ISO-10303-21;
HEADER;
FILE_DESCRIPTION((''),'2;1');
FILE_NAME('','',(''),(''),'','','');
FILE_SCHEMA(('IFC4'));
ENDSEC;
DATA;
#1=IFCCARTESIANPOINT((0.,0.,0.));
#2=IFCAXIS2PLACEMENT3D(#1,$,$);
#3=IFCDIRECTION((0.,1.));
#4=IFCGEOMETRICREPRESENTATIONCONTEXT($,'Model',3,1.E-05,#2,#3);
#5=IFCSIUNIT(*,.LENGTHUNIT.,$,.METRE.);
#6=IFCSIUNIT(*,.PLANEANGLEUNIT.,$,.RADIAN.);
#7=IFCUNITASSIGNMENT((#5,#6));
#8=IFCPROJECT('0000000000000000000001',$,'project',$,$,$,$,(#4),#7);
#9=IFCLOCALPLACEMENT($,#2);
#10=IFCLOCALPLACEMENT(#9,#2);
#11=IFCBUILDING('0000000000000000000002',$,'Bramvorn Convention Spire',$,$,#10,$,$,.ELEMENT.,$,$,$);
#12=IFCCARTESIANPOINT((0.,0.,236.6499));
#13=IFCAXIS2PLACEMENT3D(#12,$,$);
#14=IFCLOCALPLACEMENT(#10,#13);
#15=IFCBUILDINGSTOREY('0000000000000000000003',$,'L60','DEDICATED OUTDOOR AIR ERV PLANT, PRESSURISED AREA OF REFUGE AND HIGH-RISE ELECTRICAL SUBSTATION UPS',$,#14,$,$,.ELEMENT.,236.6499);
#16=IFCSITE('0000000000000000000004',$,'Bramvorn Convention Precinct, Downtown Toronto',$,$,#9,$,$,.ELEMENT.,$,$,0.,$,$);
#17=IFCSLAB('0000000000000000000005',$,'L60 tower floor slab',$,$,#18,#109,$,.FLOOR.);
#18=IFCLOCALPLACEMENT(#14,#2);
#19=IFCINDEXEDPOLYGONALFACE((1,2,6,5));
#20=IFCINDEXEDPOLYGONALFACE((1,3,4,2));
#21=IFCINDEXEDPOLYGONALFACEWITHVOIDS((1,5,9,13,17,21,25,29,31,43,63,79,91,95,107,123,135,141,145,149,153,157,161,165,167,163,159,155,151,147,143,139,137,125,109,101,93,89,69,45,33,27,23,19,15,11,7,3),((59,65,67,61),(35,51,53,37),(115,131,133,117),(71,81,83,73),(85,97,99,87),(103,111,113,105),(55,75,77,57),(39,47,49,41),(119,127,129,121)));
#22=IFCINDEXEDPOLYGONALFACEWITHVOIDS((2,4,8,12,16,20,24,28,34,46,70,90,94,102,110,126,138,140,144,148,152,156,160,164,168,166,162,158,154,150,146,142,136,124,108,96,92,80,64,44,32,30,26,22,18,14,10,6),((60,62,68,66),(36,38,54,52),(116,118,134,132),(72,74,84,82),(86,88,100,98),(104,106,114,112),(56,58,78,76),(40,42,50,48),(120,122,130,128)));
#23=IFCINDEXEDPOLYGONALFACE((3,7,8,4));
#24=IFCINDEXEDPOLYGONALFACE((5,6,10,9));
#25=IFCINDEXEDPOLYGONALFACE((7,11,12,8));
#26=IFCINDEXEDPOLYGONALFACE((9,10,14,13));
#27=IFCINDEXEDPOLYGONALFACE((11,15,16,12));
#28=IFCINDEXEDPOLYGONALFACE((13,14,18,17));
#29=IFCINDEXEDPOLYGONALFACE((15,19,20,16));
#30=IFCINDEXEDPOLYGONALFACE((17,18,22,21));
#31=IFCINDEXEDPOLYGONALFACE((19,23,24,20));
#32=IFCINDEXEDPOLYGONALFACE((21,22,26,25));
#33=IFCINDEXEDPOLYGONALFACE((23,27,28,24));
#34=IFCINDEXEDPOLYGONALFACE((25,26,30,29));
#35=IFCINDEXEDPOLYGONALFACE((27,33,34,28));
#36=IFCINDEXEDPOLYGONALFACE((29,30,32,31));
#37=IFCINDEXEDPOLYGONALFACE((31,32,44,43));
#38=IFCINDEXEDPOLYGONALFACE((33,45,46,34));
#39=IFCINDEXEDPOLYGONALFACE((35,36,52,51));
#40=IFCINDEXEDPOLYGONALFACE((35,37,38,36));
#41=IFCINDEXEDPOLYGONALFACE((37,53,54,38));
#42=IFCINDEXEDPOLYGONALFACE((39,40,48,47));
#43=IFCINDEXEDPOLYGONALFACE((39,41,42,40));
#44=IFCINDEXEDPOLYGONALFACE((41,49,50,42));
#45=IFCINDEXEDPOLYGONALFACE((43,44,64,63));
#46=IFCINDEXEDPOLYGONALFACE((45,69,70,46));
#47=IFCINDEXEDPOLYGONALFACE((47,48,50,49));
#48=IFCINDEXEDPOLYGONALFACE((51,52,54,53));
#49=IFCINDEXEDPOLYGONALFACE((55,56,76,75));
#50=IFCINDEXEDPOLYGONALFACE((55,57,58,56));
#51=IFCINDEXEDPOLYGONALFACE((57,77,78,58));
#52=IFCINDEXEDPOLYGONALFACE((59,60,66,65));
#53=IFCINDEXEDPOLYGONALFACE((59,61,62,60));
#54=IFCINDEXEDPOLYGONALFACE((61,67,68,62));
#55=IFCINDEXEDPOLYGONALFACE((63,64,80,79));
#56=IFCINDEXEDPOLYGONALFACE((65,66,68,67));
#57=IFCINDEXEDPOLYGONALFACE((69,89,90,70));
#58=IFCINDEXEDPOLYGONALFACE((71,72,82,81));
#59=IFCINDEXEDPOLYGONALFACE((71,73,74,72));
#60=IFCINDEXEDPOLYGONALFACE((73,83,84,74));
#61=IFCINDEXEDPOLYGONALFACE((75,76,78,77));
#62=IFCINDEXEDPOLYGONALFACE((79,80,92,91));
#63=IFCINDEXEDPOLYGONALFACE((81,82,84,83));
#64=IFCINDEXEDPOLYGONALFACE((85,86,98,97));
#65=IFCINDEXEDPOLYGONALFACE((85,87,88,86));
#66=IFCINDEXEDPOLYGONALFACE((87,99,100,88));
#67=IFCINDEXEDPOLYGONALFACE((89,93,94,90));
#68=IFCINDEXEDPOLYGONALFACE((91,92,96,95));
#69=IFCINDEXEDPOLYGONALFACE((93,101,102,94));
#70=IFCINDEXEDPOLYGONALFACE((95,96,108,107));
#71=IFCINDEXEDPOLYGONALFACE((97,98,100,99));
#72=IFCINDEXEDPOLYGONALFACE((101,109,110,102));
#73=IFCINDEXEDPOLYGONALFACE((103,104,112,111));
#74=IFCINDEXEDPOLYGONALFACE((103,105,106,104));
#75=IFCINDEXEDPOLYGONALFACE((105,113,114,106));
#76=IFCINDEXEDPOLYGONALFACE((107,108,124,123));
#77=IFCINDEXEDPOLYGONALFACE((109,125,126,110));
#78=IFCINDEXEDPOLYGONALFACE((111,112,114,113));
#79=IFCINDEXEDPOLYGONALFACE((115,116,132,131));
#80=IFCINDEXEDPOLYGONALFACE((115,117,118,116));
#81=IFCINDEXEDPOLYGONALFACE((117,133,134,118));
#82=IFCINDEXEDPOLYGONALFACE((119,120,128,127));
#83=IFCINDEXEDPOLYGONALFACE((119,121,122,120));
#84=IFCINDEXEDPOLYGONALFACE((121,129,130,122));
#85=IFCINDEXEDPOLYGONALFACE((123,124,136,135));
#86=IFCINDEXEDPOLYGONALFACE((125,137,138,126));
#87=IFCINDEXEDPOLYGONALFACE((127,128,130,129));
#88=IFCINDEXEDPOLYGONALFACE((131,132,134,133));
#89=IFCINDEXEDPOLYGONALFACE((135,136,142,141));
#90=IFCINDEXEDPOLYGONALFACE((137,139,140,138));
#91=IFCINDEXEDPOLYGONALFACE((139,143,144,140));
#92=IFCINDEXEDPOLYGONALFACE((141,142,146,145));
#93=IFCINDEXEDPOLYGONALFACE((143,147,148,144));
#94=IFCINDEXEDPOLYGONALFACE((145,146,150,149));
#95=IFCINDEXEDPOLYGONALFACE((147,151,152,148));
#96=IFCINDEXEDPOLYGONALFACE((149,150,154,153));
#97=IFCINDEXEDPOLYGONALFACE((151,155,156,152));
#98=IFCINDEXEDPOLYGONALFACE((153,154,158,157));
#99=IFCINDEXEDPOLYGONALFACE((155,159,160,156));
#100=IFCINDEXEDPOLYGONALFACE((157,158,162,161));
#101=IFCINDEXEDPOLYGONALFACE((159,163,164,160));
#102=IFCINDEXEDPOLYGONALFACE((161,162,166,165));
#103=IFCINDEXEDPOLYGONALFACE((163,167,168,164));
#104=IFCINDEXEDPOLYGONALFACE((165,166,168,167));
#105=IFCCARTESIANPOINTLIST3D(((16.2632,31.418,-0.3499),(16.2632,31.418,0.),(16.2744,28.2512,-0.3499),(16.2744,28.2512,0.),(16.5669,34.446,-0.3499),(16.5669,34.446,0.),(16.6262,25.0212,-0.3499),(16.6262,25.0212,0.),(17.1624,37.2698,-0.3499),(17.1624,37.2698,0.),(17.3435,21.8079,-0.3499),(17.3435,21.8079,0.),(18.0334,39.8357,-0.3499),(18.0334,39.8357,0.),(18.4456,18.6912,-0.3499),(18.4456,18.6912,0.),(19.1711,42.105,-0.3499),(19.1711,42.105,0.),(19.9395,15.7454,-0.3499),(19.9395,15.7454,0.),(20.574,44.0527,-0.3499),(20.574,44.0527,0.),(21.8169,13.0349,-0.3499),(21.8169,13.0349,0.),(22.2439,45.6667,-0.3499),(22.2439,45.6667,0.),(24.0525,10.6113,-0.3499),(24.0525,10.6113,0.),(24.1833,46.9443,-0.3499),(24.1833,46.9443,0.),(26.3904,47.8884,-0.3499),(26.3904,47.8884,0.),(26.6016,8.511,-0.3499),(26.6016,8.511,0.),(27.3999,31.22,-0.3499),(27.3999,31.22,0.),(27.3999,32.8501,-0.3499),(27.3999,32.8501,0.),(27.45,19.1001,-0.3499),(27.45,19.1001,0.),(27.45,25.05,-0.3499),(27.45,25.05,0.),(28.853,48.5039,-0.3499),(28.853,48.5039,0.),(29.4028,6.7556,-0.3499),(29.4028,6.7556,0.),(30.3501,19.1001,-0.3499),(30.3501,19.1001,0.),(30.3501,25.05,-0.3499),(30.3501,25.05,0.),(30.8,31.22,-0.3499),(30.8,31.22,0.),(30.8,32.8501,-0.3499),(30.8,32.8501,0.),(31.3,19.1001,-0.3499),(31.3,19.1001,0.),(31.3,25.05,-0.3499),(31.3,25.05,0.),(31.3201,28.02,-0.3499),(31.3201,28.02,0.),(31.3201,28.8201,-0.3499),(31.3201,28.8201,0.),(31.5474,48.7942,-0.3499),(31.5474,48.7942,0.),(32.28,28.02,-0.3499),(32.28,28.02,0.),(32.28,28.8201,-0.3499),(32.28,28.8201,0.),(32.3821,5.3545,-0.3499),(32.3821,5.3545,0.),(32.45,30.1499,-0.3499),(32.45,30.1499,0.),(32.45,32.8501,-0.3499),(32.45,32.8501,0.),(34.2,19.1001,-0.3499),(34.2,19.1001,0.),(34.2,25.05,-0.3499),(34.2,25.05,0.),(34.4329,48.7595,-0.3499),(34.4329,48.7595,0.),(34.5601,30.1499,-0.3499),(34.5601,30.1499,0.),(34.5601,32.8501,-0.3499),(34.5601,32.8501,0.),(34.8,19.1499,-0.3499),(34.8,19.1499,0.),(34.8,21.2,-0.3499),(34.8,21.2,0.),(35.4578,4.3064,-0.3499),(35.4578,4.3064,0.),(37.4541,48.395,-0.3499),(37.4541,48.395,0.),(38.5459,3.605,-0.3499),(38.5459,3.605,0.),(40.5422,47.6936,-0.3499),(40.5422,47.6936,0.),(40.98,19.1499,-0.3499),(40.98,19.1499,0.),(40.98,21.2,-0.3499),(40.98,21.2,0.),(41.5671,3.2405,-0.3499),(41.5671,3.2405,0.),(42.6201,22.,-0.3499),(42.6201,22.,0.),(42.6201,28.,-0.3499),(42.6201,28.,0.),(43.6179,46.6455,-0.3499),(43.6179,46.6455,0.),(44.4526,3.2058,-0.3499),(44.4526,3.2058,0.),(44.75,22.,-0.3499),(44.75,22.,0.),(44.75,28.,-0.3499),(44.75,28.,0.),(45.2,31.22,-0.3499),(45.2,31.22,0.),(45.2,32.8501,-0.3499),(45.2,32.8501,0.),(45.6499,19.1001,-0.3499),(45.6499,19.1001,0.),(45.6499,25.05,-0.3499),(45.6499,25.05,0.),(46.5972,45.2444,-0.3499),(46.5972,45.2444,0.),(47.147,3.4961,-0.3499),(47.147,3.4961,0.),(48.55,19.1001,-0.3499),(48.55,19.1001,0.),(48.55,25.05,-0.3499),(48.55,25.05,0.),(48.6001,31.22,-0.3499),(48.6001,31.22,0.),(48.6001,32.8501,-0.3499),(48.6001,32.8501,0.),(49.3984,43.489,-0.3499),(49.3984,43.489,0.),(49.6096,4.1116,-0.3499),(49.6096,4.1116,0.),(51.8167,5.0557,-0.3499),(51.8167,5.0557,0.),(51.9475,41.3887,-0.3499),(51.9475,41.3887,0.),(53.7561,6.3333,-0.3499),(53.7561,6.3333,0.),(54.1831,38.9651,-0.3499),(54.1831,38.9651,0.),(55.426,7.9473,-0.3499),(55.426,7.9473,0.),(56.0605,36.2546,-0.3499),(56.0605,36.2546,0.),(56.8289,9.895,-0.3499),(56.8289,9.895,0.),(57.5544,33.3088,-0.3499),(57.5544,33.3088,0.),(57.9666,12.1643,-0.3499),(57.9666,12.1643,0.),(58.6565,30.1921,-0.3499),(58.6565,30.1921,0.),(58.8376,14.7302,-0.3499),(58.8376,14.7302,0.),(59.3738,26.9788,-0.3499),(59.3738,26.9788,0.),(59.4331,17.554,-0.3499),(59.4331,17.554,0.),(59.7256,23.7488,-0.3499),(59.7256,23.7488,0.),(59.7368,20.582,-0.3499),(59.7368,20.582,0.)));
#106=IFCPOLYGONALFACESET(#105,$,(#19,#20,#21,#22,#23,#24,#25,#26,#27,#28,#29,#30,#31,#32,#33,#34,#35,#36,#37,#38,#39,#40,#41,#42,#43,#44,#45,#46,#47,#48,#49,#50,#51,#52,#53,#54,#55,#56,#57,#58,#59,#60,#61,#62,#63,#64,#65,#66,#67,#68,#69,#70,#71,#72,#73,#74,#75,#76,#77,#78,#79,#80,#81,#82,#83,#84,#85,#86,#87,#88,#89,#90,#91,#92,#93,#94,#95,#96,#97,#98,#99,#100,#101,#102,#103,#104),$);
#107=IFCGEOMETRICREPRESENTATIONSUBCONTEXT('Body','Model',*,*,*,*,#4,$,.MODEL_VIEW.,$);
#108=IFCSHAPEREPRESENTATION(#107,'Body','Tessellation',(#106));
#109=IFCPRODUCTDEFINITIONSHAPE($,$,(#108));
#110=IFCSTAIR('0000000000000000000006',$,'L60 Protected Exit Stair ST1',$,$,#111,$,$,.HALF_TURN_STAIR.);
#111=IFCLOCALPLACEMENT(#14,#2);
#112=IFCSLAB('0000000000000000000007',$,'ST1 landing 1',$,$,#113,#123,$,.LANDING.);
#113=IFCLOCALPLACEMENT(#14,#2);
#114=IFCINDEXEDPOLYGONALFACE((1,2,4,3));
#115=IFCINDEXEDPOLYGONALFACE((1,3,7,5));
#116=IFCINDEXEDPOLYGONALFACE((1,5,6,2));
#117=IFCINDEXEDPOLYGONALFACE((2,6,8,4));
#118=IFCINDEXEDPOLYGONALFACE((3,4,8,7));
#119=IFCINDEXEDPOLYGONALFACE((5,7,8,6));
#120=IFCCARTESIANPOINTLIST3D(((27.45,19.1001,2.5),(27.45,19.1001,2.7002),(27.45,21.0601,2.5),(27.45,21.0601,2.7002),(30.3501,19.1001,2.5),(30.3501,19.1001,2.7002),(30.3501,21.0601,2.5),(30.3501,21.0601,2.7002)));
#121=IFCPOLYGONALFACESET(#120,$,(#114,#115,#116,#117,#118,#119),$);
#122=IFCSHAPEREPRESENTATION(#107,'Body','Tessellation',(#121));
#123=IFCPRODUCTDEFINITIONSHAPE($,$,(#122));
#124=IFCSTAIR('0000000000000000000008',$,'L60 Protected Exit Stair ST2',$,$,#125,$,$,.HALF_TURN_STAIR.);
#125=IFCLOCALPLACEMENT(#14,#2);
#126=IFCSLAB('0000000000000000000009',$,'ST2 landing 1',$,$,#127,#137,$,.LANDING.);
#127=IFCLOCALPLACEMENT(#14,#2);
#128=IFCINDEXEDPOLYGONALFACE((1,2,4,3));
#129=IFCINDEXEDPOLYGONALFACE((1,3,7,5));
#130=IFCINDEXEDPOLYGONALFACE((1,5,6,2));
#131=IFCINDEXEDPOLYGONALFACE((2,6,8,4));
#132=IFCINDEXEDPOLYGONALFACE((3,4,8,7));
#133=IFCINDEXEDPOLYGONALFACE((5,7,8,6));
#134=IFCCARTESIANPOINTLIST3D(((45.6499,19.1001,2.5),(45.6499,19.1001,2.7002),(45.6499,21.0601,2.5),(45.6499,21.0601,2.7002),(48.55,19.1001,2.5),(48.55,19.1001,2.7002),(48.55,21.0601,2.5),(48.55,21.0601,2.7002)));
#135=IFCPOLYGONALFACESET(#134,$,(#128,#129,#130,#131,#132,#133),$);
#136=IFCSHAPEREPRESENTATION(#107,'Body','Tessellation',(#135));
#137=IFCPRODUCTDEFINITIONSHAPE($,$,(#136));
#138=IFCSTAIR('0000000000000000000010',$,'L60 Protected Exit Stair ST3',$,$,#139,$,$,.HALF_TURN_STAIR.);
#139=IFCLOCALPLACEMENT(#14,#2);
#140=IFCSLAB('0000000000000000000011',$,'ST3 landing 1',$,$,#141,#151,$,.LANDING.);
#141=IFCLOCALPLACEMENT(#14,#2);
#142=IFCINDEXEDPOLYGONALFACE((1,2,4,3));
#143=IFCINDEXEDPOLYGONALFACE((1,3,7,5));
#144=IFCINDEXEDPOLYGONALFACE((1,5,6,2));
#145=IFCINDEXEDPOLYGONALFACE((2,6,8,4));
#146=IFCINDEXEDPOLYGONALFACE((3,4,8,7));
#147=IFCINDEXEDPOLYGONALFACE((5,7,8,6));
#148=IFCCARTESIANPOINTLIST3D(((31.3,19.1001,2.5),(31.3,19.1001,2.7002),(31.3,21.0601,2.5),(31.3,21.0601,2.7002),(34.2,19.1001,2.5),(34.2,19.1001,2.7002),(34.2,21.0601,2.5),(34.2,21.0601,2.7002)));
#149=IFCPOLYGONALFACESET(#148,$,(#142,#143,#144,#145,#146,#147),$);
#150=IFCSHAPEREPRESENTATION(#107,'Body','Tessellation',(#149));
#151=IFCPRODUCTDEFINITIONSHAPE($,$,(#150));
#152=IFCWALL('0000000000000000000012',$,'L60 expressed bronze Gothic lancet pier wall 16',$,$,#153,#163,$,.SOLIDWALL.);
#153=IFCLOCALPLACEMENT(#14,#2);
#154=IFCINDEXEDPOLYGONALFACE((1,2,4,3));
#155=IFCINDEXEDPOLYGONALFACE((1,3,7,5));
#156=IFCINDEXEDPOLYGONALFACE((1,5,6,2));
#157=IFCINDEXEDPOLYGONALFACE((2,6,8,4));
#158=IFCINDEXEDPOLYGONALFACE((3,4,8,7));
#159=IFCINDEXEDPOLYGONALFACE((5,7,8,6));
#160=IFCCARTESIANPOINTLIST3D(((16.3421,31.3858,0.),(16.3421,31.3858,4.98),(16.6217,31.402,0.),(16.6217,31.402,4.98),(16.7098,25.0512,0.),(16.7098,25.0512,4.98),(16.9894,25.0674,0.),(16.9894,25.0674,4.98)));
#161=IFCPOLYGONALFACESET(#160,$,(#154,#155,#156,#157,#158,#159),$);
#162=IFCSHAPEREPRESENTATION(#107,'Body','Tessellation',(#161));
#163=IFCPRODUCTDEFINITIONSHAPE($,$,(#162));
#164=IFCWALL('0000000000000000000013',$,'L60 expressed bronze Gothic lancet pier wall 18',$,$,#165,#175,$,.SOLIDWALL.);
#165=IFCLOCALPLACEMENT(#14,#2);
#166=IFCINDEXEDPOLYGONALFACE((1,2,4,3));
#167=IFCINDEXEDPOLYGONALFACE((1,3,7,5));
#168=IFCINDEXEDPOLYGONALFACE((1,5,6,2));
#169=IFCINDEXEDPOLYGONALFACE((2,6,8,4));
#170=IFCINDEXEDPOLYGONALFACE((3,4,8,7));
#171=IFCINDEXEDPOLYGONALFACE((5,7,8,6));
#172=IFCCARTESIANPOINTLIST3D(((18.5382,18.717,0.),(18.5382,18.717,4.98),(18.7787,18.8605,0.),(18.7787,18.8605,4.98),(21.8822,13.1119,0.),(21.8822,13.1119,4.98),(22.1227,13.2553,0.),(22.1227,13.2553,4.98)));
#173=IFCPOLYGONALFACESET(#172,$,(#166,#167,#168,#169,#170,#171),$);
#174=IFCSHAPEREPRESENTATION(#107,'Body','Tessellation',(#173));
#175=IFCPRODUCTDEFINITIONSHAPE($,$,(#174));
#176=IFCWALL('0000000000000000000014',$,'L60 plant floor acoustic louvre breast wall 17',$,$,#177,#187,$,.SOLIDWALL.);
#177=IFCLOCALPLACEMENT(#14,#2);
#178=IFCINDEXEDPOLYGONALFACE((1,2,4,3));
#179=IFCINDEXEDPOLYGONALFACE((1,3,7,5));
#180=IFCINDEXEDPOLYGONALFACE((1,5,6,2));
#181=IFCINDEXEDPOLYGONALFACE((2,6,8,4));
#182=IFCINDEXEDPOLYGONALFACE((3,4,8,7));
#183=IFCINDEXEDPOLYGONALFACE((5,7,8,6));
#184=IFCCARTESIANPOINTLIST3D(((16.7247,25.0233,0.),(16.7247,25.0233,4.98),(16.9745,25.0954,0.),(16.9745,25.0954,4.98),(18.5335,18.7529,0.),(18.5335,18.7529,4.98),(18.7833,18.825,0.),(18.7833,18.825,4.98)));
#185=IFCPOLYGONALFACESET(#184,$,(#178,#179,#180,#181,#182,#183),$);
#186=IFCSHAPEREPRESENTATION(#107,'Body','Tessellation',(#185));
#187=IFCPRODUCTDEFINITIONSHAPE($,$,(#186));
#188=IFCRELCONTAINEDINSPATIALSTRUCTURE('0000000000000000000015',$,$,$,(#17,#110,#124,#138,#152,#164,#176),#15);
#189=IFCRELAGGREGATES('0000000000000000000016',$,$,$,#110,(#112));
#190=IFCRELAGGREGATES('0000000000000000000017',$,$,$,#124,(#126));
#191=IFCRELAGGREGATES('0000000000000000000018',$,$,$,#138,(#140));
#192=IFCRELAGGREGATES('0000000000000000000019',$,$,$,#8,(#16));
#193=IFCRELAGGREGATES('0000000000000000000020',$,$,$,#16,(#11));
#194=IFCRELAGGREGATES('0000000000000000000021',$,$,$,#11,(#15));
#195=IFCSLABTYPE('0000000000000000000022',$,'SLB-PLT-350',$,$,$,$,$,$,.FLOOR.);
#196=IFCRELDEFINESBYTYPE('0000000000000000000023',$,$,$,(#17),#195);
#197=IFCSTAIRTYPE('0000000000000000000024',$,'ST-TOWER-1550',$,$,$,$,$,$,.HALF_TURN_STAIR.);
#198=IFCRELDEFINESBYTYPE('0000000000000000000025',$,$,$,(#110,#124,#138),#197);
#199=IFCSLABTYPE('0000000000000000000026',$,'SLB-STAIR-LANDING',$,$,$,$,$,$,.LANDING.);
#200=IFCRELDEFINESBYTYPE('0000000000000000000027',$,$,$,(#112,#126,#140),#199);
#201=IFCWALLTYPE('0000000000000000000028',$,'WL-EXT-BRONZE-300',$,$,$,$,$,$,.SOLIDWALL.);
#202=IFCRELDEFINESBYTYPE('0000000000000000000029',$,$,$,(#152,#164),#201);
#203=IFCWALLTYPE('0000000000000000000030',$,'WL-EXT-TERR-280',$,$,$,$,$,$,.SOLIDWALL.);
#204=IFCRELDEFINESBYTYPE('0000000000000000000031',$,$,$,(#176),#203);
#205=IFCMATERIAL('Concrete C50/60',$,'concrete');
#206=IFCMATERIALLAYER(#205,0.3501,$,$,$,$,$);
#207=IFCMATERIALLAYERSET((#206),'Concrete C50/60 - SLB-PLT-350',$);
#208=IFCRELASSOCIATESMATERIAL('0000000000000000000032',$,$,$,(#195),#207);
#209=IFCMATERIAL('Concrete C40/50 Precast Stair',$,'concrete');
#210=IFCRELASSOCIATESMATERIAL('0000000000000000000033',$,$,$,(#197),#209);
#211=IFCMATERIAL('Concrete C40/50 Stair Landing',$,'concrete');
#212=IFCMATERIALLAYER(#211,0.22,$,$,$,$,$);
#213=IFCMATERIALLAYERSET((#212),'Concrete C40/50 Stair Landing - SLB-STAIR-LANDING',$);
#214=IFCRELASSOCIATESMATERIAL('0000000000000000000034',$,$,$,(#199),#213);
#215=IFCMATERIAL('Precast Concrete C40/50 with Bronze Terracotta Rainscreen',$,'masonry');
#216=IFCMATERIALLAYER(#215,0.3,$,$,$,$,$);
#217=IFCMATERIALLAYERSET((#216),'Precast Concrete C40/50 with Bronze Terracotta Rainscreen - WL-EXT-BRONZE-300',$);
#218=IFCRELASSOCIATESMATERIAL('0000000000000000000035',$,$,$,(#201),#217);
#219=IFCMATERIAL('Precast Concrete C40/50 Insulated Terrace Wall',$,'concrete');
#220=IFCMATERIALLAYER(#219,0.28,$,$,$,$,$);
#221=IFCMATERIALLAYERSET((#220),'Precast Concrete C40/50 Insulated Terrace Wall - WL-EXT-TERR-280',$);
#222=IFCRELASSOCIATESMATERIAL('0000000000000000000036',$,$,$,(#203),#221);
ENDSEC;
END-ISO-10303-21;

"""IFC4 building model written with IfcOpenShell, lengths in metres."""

from ifc_helpers import new_model, si_unit, direction, frame, frame_2d, origin, place, context, subcontext, project, spatial, polyline, rectangle, outline, extrude, material, layer, layer_set, type_object, element, aggregate, save


model = new_model("IFC4")

# Units and contexts
model_context = context("Model", 3, precision=1e-05, world=origin(), true_north=direction((0.0, 1.0)))
body_context = subcontext(model_context, "Body", "Model", "MODEL_VIEW")
ifc_project = project(units=[si_unit("LENGTHUNIT", "METRE"), si_unit("PLANEANGLEUNIT", "RADIAN")], contexts=[model_context])

# Site, building, storey
site_placement = place(None, origin())
site = spatial("IfcSite", under=ifc_project, at=site_placement, Name="Bramvorn Convention Precinct, Downtown Toronto", CompositionType="ELEMENT", RefElevation=0.0)
building_placement = place(site_placement, origin())
building = spatial("IfcBuilding", under=site, at=building_placement, Name="Bramvorn Convention Spire", CompositionType="ELEMENT")
storey_placement = place(building_placement, frame((0.0, 0.0, 236.6499)))
storey = spatial("IfcBuildingStorey", under=building, at=storey_placement, Name="L60", Description="DEDICATED OUTDOOR AIR ERV PLANT, PRESSURISED AREA OF REFUGE AND HIGH-RISE ELECTRICAL SUBSTATION UPS", CompositionType="ELEMENT", Elevation=236.6499)

# Slab
ifc_material_1 = material(Name="Concrete C50/60", Category="concrete")
ifc_layer_1 = layer(ifc_material_1, 0.3501)
ifc_layer_set_1 = layer_set([ifc_layer_1], Name="Concrete C50/60 - SLB-PLT-350")
slab_type_1 = type_object("IfcSlabType", Name="SLB-PLT-350", PredefinedType="FLOOR", material=ifc_layer_set_1)
slab_1_placement = place(storey_placement, frame((0.0, 0.0, -0.3499)))
element("IfcSlab", 1, at=slab_1_placement, inside=storey, type_object=slab_type_1, Name="L60 tower floor slab", PredefinedType="FLOOR", context=body_context, shape_type="SweptSolid", body=[
    extrude(outline(polyline([(53.7561, 6.3333), (55.426, 7.9473), (56.8289, 9.895), (57.9666, 12.1643), (58.8376, 14.7302), (59.4331, 17.554), (59.7368, 20.582), (59.7256, 23.7488), (59.3738, 26.9788), (58.6565, 30.1921), (57.5544, 33.3088), (56.0605, 36.2546), (54.1831, 38.9651), (51.9475, 41.3887), (49.3984, 43.489), (46.5972, 45.2444), (43.6179, 46.6455), (40.5422, 47.6936), (37.4541, 48.395), (34.4329, 48.7595), (31.5474, 48.7942), (28.853, 48.5039), (26.3904, 47.8884), (24.1833, 46.9443), (22.2439, 45.6667), (20.574, 44.0527), (19.1711, 42.105), (18.0334, 39.8357), (17.1624, 37.2698), (16.5669, 34.446), (16.2632, 31.418), (16.2744, 28.2512), (16.6262, 25.0212), (17.3435, 21.8079), (18.4456, 18.6912), (19.9395, 15.7454), (21.8169, 13.0349), (24.0525, 10.6113), (26.6016, 8.511), (29.4028, 6.7556), (32.3821, 5.3545), (35.4578, 4.3064), (38.5459, 3.605), (41.5671, 3.2405), (44.4526, 3.2058), (47.147, 3.4961), (49.6096, 4.1116), (51.8167, 5.0557), (53.7561, 6.3333)]), holes=[polyline([(27.45, 25.05), (27.45, 19.1001), (30.3501, 19.1001), (30.3501, 25.05), (27.45, 25.05)]), polyline([(45.6499, 25.05), (45.6499, 19.1001), (48.55, 19.1001), (48.55, 25.05), (45.6499, 25.05)]), polyline([(31.3, 25.05), (31.3, 19.1001), (34.2, 19.1001), (34.2, 25.05), (31.3, 25.05)]), polyline([(27.3999, 31.22), (30.8, 31.22), (30.8, 32.8501), (27.3999, 32.8501), (27.3999, 31.22)]), polyline([(45.2, 31.22), (48.6001, 31.22), (48.6001, 32.8501), (45.2, 32.8501), (45.2, 31.22)]), polyline([(32.45, 30.1499), (34.5601, 30.1499), (34.5601, 32.8501), (32.45, 32.8501), (32.45, 30.1499)]), polyline([(34.8, 19.1499), (40.98, 19.1499), (40.98, 21.2), (34.8, 21.2), (34.8, 19.1499)]), polyline([(42.6201, 22.0), (44.75, 22.0), (44.75, 28.0), (42.6201, 28.0), (42.6201, 22.0)]), polyline([(31.3201, 28.02), (32.28, 28.02), (32.28, 28.8201), (31.3201, 28.8201), (31.3201, 28.02)])]), origin(), (0.0, 0.0, 1.0), 0.3499),
])

# Stairs, slabs
ifc_material_2 = material(Name="Concrete C40/50 Precast Stair", Category="concrete")
stair_type = type_object("IfcStairType", Name="ST-TOWER-1550", PredefinedType="HALF_TURN_STAIR", material=ifc_material_2)
stair_1_placement = place(storey_placement, origin())
stair_1 = element("IfcStair", 2, at=stair_1_placement, inside=storey, type_object=stair_type, Name="L60 Protected Exit Stair ST1", PredefinedType="HALF_TURN_STAIR")
ifc_material_3 = material(Name="Concrete C40/50 Stair Landing", Category="concrete")
ifc_layer_2 = layer(ifc_material_3, 0.22)
ifc_layer_set_2 = layer_set([ifc_layer_2], Name="Concrete C40/50 Stair Landing - SLB-STAIR-LANDING")
slab_type_2 = type_object("IfcSlabType", Name="SLB-STAIR-LANDING", PredefinedType="LANDING", material=ifc_layer_set_2)
slab_2_placement = place(storey_placement, frame((0.0, 0.0, 2.5)))
slab_2 = element("IfcSlab", 3, at=slab_2_placement, type_object=slab_type_2, Name="ST1 landing 1", PredefinedType="LANDING", context=body_context, shape_type="SweptSolid", body=[
    extrude(outline(polyline([(27.45, 21.0601), (27.45, 19.1001), (30.3501, 19.1001), (30.3501, 21.0601), (27.45, 21.0601)])), origin(), (0.0, 0.0, 1.0), 0.2002),
])
aggregate(stair_1, [slab_2])
stair_2_placement = place(storey_placement, origin())
stair_2 = element("IfcStair", 4, at=stair_2_placement, inside=storey, type_object=stair_type, Name="L60 Protected Exit Stair ST2", PredefinedType="HALF_TURN_STAIR")
slab_3_placement = place(storey_placement, frame((0.0, 0.0, 2.5)))
slab_3 = element("IfcSlab", 5, at=slab_3_placement, type_object=slab_type_2, Name="ST2 landing 1", PredefinedType="LANDING", context=body_context, shape_type="SweptSolid", body=[
    extrude(outline(polyline([(45.6499, 21.0601), (45.6499, 19.1001), (48.55, 19.1001), (48.55, 21.0601), (45.6499, 21.0601)])), origin(), (0.0, 0.0, 1.0), 0.2002),
])
aggregate(stair_2, [slab_3])
stair_3_placement = place(storey_placement, origin())
stair_3 = element("IfcStair", 6, at=stair_3_placement, inside=storey, type_object=stair_type, Name="L60 Protected Exit Stair ST3", PredefinedType="HALF_TURN_STAIR")
slab_4_placement = place(storey_placement, frame((0.0, 0.0, 2.5)))
slab_4 = element("IfcSlab", 7, at=slab_4_placement, type_object=slab_type_2, Name="ST3 landing 1", PredefinedType="LANDING", context=body_context, shape_type="SweptSolid", body=[
    extrude(outline(polyline([(31.3, 21.0601), (31.3, 19.1001), (34.2, 19.1001), (34.2, 21.0601), (31.3, 21.0601)])), origin(), (0.0, 0.0, 1.0), 0.2002),
])
aggregate(stair_3, [slab_4])

# Walls
ifc_material_4 = material(Name="Precast Concrete C40/50 with Bronze Terracotta Rainscreen", Category="masonry")
ifc_layer_3 = layer(ifc_material_4, 0.3)
ifc_layer_set_3 = layer_set([ifc_layer_3], Name="Precast Concrete C40/50 with Bronze Terracotta Rainscreen - WL-EXT-BRONZE-300")
wall_type_1 = type_object("IfcWallType", Name="WL-EXT-BRONZE-300", PredefinedType="SOLIDWALL", material=ifc_layer_set_3)
wall_1_placement = place(storey_placement, frame((16.8496, 25.0593, 0.0), z_axis=(0.0, 0.0, 1.0), x_axis=(-0.057946, 0.99832, 0.0)))
element("IfcWall", 8, at=wall_1_placement, inside=storey, type_object=wall_type_1, Name="L60 expressed bronze Gothic lancet pier wall 16", PredefinedType="SOLIDWALL", context=body_context, shape_type="SweptSolid", body=[
    extrude(rectangle(XDim=6.3452, YDim=0.28, at=frame_2d((3.1726, 0.0))), origin(), (0.0, 0.0, 1.0), 4.98),
])
wall_2_placement = place(storey_placement, frame((22.0024, 13.1836, 0.0), z_axis=(0.0, 0.0, 1.0), x_axis=(-0.512338, 0.858784, 0.0)))
element("IfcWall", 9, at=wall_2_placement, inside=storey, type_object=wall_type_1, Name="L60 expressed bronze Gothic lancet pier wall 18", PredefinedType="SOLIDWALL", context=body_context, shape_type="SweptSolid", body=[
    extrude(rectangle(XDim=6.5269, YDim=0.28, at=frame_2d((3.2634, 0.0))), origin(), (0.0, 0.0, 1.0), 4.98),
])
ifc_material_5 = material(Name="Precast Concrete C40/50 Insulated Terrace Wall", Category="concrete")
ifc_layer_4 = layer(ifc_material_5, 0.28)
ifc_layer_set_4 = layer_set([ifc_layer_4], Name="Precast Concrete C40/50 Insulated Terrace Wall - WL-EXT-TERR-280")
wall_type_2 = type_object("IfcWallType", Name="WL-EXT-TERR-280", PredefinedType="SOLIDWALL", material=ifc_layer_set_4)
wall_3_placement = place(storey_placement, frame((18.6584, 18.7888, 0.0), z_axis=(0.0, 0.0, 1.0), x_axis=(-0.277166, 0.960822, 0.0)))
element("IfcWall", 10, at=wall_3_placement, inside=storey, type_object=wall_type_2, Name="L60 plant floor acoustic louvre breast wall 17", PredefinedType="SOLIDWALL", context=body_context, shape_type="SweptSolid", body=[
    extrude(rectangle(XDim=6.5261, YDim=0.26, at=frame_2d((3.2632, 0.0))), origin(), (0.0, 0.0, 1.0), 4.98),
])

save(model, "model.ifc")
